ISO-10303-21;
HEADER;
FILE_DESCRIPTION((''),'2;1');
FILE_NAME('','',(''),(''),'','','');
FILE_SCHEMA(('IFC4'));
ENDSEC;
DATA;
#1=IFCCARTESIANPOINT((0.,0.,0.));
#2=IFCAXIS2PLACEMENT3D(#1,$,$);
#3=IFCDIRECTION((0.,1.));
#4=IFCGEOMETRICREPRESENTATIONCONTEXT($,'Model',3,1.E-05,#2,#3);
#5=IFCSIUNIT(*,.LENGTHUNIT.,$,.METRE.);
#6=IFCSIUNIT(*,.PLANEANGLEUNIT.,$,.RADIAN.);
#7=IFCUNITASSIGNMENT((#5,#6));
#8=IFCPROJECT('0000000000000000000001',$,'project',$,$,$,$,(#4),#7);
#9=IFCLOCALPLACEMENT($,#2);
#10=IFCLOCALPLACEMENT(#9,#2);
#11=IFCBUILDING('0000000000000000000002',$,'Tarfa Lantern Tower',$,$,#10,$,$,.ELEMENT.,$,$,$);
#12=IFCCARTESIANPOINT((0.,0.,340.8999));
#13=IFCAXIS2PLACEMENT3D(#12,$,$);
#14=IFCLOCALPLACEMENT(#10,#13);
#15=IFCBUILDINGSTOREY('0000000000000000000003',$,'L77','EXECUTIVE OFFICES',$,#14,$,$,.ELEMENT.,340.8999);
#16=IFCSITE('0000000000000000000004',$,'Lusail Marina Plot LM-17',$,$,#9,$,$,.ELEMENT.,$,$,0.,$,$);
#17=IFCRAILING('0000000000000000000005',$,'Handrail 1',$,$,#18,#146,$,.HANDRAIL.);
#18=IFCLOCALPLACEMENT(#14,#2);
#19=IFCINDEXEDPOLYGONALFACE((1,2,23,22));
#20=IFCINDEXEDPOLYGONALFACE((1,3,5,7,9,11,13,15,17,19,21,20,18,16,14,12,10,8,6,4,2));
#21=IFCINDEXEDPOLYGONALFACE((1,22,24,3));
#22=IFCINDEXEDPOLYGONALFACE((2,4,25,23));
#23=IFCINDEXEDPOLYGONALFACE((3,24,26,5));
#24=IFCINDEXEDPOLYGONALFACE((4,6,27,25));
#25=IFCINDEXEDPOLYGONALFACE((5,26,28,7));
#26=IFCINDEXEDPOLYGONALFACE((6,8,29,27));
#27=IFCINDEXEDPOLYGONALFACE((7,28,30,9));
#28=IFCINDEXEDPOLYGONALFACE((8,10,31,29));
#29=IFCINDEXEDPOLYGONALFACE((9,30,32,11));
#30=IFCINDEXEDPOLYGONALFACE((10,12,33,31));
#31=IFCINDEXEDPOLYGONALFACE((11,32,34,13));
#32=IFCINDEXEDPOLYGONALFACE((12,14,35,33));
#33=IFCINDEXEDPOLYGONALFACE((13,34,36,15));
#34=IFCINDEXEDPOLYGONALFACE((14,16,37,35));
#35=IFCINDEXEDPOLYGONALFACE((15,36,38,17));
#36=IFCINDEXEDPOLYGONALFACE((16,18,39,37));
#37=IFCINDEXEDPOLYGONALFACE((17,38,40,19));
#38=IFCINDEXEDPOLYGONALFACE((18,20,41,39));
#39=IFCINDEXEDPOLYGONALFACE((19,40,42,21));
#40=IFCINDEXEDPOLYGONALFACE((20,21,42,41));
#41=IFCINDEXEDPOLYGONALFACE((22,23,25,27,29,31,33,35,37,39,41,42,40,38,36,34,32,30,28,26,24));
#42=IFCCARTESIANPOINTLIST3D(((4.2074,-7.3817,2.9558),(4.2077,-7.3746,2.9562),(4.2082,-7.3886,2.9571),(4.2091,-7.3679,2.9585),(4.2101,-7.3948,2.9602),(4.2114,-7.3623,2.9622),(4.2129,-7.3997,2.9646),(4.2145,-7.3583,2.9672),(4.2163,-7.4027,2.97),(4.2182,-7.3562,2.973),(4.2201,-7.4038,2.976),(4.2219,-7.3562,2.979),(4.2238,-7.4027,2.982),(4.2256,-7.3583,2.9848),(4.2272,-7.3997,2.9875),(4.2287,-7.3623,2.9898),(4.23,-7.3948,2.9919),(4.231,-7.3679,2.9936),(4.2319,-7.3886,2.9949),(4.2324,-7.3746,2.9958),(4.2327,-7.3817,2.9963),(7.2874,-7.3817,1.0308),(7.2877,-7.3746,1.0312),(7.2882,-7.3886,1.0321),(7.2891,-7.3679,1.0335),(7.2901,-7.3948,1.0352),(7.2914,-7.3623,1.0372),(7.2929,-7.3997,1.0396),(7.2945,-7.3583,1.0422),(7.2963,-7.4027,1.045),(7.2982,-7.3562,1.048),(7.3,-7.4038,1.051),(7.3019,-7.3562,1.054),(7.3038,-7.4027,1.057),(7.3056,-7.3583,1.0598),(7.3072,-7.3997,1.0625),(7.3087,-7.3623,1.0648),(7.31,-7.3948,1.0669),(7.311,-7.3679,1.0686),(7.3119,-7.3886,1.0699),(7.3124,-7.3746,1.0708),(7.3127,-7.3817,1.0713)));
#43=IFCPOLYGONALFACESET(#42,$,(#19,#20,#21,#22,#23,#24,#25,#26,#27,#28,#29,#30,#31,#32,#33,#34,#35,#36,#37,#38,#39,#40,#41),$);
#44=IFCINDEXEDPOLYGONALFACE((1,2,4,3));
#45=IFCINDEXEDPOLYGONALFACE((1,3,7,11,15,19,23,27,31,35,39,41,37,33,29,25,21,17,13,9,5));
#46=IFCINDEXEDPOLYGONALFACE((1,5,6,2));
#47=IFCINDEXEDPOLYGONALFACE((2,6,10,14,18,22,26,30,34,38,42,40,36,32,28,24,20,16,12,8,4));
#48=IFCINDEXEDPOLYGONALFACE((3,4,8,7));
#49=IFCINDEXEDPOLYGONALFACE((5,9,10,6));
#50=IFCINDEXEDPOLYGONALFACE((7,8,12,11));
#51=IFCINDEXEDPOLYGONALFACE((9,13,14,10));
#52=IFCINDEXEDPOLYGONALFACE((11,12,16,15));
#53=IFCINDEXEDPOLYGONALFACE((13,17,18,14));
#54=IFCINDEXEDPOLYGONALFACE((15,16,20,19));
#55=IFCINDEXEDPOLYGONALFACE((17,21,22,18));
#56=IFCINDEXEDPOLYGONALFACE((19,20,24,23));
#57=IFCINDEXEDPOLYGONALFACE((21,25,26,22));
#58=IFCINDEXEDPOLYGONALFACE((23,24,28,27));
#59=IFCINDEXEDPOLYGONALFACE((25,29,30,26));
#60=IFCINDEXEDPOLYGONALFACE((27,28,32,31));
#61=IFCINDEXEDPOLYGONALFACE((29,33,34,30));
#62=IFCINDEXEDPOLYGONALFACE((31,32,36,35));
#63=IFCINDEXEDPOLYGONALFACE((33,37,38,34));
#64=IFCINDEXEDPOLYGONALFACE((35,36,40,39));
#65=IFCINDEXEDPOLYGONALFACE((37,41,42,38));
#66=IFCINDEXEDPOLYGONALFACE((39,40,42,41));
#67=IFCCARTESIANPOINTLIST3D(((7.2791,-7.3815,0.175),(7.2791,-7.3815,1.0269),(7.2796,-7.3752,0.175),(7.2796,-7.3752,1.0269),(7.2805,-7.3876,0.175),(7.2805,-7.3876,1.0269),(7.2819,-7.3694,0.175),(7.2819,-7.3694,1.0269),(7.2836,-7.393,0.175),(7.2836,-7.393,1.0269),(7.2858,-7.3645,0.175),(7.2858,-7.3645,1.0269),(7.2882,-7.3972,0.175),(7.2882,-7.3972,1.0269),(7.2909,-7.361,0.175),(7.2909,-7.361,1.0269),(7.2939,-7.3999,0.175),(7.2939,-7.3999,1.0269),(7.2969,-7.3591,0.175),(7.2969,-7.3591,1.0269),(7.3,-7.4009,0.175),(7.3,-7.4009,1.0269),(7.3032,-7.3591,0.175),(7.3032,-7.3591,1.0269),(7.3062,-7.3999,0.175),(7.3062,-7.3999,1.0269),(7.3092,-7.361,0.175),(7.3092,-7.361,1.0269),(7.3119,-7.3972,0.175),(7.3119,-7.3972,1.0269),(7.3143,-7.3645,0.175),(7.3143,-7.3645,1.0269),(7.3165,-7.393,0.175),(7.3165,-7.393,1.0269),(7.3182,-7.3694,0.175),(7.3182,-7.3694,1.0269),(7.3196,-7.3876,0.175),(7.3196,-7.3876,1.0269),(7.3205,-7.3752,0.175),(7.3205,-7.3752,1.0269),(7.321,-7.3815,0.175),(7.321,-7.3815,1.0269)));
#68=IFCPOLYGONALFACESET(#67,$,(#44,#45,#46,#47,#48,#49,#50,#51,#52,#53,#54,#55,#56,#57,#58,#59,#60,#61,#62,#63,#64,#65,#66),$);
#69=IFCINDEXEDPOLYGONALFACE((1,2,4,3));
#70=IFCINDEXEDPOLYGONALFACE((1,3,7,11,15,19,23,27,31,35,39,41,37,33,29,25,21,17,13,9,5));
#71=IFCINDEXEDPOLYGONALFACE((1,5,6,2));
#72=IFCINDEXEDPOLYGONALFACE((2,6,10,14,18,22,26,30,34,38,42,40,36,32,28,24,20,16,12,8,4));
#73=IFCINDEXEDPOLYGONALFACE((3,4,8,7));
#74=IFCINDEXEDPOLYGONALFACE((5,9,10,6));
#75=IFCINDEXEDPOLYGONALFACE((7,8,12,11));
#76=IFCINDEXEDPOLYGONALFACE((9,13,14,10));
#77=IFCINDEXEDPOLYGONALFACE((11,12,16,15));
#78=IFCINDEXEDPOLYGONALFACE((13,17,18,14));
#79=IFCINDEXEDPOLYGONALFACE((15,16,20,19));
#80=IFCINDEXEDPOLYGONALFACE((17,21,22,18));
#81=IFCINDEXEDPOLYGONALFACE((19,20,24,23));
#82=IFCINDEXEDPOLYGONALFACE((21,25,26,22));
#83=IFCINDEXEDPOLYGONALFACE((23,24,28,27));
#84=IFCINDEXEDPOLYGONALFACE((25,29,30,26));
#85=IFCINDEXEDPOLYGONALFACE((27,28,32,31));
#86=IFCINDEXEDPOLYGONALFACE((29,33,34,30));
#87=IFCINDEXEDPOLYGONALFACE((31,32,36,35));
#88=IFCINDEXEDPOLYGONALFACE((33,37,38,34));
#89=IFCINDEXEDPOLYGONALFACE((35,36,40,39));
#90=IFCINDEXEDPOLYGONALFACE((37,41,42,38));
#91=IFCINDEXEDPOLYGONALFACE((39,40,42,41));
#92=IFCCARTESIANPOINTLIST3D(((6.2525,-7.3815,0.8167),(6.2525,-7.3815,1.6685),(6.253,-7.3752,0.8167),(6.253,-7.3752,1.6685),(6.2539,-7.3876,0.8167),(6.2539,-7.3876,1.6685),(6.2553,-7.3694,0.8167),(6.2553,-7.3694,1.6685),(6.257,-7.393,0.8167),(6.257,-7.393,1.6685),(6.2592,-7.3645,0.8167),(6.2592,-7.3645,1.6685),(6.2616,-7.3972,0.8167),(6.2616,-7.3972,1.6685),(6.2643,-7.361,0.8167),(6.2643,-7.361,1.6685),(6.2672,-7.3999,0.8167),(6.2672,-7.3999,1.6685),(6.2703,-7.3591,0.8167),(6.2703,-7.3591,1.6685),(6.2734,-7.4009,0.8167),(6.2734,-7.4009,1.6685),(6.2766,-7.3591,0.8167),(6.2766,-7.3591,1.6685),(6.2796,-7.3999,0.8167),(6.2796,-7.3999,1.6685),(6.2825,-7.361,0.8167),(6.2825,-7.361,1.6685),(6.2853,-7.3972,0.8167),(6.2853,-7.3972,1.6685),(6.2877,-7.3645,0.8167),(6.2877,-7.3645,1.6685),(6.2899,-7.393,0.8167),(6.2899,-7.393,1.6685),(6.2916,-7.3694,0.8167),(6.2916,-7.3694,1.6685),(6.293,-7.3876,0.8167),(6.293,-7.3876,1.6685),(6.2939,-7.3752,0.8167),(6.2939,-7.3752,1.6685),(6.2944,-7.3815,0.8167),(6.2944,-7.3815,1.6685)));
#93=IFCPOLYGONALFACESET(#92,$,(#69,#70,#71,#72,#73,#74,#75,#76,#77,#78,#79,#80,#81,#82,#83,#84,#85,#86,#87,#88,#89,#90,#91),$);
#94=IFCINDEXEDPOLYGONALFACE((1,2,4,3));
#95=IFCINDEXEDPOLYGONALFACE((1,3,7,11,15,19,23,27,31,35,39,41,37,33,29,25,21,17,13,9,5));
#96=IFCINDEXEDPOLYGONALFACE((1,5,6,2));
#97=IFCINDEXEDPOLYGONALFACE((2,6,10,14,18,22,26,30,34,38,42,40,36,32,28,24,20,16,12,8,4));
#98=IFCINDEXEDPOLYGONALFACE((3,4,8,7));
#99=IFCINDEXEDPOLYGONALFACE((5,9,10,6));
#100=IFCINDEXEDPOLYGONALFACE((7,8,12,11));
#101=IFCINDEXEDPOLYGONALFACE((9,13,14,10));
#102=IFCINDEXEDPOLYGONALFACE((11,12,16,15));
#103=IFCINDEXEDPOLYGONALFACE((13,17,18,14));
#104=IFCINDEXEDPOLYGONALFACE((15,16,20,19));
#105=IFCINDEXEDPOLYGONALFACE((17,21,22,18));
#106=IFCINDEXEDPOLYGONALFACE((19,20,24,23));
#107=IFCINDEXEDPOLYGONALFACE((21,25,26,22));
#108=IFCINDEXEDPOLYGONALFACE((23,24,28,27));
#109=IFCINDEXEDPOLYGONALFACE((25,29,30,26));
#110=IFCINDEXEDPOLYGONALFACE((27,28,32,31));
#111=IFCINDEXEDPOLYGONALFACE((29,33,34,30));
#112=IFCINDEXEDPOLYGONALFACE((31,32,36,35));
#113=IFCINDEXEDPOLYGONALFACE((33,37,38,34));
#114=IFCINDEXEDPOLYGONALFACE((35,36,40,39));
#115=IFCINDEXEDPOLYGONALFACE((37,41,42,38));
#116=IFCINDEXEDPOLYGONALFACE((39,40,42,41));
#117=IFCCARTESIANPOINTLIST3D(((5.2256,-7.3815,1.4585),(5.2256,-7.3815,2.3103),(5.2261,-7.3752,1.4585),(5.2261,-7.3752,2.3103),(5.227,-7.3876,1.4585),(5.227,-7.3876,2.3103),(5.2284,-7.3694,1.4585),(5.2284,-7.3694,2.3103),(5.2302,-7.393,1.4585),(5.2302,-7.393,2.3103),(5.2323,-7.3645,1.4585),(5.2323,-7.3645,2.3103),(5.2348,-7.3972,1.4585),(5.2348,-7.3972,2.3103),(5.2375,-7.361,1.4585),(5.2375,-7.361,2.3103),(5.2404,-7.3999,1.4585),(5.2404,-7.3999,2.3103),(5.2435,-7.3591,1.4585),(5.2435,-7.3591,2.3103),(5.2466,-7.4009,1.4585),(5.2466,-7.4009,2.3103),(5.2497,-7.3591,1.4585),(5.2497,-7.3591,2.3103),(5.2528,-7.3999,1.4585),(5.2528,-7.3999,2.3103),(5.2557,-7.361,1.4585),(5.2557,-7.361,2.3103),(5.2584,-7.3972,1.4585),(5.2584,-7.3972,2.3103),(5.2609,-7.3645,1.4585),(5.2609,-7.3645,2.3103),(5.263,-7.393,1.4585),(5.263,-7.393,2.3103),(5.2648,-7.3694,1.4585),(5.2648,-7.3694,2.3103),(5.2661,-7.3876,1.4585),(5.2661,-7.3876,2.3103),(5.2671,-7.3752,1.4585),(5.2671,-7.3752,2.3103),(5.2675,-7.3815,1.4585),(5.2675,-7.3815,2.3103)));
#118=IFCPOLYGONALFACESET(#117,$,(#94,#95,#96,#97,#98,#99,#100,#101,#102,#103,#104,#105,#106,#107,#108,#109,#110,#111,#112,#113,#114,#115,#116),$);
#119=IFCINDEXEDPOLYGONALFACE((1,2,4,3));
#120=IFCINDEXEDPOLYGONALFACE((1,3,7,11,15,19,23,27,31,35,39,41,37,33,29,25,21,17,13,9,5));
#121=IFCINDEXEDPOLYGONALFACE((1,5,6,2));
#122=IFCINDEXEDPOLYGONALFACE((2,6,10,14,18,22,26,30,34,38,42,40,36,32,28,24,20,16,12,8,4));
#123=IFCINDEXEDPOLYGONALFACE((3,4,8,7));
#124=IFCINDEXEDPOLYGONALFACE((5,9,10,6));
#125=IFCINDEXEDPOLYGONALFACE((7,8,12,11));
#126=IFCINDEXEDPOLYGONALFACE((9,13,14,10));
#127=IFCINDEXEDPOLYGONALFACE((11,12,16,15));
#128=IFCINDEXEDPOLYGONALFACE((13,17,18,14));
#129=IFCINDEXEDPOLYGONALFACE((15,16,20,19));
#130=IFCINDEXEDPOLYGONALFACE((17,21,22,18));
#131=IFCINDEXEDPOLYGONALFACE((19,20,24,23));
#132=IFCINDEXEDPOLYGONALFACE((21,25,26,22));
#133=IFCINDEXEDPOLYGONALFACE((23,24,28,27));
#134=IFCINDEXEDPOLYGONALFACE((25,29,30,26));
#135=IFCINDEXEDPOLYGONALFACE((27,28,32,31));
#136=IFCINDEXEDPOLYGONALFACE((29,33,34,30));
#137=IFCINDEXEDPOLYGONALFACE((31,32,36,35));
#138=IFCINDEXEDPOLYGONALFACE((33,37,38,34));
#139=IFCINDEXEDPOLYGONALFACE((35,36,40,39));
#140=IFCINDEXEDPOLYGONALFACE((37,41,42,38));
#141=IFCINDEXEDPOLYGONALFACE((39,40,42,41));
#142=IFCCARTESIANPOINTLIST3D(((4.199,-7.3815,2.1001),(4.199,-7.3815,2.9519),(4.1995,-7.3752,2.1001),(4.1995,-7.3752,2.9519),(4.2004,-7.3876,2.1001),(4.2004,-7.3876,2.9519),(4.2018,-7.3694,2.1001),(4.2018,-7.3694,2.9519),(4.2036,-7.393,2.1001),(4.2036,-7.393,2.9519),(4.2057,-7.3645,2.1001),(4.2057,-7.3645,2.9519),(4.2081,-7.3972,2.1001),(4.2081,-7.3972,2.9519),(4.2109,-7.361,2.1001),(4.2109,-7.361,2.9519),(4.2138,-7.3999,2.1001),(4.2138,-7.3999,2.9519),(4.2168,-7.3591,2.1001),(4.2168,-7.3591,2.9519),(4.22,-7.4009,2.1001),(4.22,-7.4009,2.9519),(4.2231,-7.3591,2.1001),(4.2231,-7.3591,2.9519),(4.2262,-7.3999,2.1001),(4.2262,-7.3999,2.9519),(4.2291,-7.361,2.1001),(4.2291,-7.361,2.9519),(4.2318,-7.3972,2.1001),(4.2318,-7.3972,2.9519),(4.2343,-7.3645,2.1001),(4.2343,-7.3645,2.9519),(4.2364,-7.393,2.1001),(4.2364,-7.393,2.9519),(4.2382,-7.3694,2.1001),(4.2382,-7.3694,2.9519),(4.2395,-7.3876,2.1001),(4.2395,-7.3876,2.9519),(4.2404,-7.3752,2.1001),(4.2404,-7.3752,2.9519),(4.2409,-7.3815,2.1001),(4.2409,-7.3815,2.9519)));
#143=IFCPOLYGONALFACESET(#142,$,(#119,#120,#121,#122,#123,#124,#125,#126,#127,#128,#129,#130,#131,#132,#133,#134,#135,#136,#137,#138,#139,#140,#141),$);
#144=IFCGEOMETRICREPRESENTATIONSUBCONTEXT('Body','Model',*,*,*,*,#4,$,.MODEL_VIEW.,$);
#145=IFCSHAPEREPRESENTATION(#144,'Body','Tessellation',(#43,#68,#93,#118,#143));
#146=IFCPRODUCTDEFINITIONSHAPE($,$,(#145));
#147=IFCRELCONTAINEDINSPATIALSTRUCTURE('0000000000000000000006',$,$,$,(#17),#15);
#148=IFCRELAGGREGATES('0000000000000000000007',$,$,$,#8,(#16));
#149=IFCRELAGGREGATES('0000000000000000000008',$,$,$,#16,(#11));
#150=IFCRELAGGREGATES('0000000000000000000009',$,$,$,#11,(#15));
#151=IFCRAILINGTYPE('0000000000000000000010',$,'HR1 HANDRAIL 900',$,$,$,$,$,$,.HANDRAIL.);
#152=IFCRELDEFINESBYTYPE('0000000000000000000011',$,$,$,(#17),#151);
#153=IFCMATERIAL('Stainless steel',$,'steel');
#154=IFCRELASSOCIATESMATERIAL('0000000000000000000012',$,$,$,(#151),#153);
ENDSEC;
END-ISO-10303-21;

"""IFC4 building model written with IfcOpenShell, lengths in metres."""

from ifc_helpers import new_model, si_unit, direction, frame, origin, origin_2d, place, context, subcontext, project, spatial, circle, extrude, material, type_object, element, save


model = new_model("IFC4")

# Units and contexts
model_context = context("Model", 3, precision=1e-05, world=origin(), true_north=direction((0.0, 1.0)))
body_context = subcontext(model_context, "Body", "Model", "MODEL_VIEW")
ifc_project = project(units=[si_unit("LENGTHUNIT", "METRE"), si_unit("PLANEANGLEUNIT", "RADIAN")], contexts=[model_context])

# Site, building, storey
site_placement = place(None, origin())
site = spatial("IfcSite", under=ifc_project, at=site_placement, Name="Lusail Marina Plot LM-17", CompositionType="ELEMENT", RefElevation=0.0)
building_placement = place(site_placement, origin())
building = spatial("IfcBuilding", under=site, at=building_placement, Name="Tarfa Lantern Tower", CompositionType="ELEMENT")
storey_placement = place(building_placement, frame((0.0, 0.0, 340.8999)))
storey = spatial("IfcBuildingStorey", under=building, at=storey_placement, Name="L77", Description="EXECUTIVE OFFICES", CompositionType="ELEMENT", Elevation=340.8999)

# Railing
ifc_material_1 = material(Name="Stainless steel", Category="steel")
railing_type = type_object("IfcRailingType", Name="HR1 HANDRAIL 900", PredefinedType="HANDRAIL", material=ifc_material_1)
railing_1_placement = place(storey_placement, frame((7.3, -7.3799, 0.175)))
element("IfcRailing", 1, at=railing_1_placement, inside=storey, type_object=railing_type, Name="Handrail 1", PredefinedType="HANDRAIL", context=body_context, shape_type="SweptSolid", body=[
    extrude(circle(Radius=0.0239, at=origin_2d()), frame((0.0, 0.0, 0.876), z_axis=(-0.847998, 0.0, 0.529999), x_axis=(0.0, -1.0, 0.0)), (0.0, 0.0, 1.0), 3.6321),
    extrude(circle(Radius=0.021, at=origin_2d()), frame((0.0, 0.0, 0.0), z_axis=(0.0, 0.0, 1.0), x_axis=(0.0, -1.0, 0.0)), (0.0, 0.0, 1.0), 0.8518),
    extrude(circle(Radius=0.021, at=origin_2d()), frame((-1.0266, 0.0, 0.6416), z_axis=(0.0, 0.0, 1.0), x_axis=(0.0, -1.0, 0.0)), (0.0, 0.0, 1.0), 0.8518),
    extrude(circle(Radius=0.021, at=origin_2d()), frame((-2.0535, 0.0, 1.2834), z_axis=(0.0, 0.0, 1.0), x_axis=(0.0, -1.0, 0.0)), (0.0, 0.0, 1.0), 0.8518),
    extrude(circle(Radius=0.021, at=origin_2d()), frame((-3.0801, 0.0, 1.925), z_axis=(0.0, 0.0, 1.0), x_axis=(0.0, -1.0, 0.0)), (0.0, 0.0, 1.0), 0.8518),
])

save(model, "model.ifc")
